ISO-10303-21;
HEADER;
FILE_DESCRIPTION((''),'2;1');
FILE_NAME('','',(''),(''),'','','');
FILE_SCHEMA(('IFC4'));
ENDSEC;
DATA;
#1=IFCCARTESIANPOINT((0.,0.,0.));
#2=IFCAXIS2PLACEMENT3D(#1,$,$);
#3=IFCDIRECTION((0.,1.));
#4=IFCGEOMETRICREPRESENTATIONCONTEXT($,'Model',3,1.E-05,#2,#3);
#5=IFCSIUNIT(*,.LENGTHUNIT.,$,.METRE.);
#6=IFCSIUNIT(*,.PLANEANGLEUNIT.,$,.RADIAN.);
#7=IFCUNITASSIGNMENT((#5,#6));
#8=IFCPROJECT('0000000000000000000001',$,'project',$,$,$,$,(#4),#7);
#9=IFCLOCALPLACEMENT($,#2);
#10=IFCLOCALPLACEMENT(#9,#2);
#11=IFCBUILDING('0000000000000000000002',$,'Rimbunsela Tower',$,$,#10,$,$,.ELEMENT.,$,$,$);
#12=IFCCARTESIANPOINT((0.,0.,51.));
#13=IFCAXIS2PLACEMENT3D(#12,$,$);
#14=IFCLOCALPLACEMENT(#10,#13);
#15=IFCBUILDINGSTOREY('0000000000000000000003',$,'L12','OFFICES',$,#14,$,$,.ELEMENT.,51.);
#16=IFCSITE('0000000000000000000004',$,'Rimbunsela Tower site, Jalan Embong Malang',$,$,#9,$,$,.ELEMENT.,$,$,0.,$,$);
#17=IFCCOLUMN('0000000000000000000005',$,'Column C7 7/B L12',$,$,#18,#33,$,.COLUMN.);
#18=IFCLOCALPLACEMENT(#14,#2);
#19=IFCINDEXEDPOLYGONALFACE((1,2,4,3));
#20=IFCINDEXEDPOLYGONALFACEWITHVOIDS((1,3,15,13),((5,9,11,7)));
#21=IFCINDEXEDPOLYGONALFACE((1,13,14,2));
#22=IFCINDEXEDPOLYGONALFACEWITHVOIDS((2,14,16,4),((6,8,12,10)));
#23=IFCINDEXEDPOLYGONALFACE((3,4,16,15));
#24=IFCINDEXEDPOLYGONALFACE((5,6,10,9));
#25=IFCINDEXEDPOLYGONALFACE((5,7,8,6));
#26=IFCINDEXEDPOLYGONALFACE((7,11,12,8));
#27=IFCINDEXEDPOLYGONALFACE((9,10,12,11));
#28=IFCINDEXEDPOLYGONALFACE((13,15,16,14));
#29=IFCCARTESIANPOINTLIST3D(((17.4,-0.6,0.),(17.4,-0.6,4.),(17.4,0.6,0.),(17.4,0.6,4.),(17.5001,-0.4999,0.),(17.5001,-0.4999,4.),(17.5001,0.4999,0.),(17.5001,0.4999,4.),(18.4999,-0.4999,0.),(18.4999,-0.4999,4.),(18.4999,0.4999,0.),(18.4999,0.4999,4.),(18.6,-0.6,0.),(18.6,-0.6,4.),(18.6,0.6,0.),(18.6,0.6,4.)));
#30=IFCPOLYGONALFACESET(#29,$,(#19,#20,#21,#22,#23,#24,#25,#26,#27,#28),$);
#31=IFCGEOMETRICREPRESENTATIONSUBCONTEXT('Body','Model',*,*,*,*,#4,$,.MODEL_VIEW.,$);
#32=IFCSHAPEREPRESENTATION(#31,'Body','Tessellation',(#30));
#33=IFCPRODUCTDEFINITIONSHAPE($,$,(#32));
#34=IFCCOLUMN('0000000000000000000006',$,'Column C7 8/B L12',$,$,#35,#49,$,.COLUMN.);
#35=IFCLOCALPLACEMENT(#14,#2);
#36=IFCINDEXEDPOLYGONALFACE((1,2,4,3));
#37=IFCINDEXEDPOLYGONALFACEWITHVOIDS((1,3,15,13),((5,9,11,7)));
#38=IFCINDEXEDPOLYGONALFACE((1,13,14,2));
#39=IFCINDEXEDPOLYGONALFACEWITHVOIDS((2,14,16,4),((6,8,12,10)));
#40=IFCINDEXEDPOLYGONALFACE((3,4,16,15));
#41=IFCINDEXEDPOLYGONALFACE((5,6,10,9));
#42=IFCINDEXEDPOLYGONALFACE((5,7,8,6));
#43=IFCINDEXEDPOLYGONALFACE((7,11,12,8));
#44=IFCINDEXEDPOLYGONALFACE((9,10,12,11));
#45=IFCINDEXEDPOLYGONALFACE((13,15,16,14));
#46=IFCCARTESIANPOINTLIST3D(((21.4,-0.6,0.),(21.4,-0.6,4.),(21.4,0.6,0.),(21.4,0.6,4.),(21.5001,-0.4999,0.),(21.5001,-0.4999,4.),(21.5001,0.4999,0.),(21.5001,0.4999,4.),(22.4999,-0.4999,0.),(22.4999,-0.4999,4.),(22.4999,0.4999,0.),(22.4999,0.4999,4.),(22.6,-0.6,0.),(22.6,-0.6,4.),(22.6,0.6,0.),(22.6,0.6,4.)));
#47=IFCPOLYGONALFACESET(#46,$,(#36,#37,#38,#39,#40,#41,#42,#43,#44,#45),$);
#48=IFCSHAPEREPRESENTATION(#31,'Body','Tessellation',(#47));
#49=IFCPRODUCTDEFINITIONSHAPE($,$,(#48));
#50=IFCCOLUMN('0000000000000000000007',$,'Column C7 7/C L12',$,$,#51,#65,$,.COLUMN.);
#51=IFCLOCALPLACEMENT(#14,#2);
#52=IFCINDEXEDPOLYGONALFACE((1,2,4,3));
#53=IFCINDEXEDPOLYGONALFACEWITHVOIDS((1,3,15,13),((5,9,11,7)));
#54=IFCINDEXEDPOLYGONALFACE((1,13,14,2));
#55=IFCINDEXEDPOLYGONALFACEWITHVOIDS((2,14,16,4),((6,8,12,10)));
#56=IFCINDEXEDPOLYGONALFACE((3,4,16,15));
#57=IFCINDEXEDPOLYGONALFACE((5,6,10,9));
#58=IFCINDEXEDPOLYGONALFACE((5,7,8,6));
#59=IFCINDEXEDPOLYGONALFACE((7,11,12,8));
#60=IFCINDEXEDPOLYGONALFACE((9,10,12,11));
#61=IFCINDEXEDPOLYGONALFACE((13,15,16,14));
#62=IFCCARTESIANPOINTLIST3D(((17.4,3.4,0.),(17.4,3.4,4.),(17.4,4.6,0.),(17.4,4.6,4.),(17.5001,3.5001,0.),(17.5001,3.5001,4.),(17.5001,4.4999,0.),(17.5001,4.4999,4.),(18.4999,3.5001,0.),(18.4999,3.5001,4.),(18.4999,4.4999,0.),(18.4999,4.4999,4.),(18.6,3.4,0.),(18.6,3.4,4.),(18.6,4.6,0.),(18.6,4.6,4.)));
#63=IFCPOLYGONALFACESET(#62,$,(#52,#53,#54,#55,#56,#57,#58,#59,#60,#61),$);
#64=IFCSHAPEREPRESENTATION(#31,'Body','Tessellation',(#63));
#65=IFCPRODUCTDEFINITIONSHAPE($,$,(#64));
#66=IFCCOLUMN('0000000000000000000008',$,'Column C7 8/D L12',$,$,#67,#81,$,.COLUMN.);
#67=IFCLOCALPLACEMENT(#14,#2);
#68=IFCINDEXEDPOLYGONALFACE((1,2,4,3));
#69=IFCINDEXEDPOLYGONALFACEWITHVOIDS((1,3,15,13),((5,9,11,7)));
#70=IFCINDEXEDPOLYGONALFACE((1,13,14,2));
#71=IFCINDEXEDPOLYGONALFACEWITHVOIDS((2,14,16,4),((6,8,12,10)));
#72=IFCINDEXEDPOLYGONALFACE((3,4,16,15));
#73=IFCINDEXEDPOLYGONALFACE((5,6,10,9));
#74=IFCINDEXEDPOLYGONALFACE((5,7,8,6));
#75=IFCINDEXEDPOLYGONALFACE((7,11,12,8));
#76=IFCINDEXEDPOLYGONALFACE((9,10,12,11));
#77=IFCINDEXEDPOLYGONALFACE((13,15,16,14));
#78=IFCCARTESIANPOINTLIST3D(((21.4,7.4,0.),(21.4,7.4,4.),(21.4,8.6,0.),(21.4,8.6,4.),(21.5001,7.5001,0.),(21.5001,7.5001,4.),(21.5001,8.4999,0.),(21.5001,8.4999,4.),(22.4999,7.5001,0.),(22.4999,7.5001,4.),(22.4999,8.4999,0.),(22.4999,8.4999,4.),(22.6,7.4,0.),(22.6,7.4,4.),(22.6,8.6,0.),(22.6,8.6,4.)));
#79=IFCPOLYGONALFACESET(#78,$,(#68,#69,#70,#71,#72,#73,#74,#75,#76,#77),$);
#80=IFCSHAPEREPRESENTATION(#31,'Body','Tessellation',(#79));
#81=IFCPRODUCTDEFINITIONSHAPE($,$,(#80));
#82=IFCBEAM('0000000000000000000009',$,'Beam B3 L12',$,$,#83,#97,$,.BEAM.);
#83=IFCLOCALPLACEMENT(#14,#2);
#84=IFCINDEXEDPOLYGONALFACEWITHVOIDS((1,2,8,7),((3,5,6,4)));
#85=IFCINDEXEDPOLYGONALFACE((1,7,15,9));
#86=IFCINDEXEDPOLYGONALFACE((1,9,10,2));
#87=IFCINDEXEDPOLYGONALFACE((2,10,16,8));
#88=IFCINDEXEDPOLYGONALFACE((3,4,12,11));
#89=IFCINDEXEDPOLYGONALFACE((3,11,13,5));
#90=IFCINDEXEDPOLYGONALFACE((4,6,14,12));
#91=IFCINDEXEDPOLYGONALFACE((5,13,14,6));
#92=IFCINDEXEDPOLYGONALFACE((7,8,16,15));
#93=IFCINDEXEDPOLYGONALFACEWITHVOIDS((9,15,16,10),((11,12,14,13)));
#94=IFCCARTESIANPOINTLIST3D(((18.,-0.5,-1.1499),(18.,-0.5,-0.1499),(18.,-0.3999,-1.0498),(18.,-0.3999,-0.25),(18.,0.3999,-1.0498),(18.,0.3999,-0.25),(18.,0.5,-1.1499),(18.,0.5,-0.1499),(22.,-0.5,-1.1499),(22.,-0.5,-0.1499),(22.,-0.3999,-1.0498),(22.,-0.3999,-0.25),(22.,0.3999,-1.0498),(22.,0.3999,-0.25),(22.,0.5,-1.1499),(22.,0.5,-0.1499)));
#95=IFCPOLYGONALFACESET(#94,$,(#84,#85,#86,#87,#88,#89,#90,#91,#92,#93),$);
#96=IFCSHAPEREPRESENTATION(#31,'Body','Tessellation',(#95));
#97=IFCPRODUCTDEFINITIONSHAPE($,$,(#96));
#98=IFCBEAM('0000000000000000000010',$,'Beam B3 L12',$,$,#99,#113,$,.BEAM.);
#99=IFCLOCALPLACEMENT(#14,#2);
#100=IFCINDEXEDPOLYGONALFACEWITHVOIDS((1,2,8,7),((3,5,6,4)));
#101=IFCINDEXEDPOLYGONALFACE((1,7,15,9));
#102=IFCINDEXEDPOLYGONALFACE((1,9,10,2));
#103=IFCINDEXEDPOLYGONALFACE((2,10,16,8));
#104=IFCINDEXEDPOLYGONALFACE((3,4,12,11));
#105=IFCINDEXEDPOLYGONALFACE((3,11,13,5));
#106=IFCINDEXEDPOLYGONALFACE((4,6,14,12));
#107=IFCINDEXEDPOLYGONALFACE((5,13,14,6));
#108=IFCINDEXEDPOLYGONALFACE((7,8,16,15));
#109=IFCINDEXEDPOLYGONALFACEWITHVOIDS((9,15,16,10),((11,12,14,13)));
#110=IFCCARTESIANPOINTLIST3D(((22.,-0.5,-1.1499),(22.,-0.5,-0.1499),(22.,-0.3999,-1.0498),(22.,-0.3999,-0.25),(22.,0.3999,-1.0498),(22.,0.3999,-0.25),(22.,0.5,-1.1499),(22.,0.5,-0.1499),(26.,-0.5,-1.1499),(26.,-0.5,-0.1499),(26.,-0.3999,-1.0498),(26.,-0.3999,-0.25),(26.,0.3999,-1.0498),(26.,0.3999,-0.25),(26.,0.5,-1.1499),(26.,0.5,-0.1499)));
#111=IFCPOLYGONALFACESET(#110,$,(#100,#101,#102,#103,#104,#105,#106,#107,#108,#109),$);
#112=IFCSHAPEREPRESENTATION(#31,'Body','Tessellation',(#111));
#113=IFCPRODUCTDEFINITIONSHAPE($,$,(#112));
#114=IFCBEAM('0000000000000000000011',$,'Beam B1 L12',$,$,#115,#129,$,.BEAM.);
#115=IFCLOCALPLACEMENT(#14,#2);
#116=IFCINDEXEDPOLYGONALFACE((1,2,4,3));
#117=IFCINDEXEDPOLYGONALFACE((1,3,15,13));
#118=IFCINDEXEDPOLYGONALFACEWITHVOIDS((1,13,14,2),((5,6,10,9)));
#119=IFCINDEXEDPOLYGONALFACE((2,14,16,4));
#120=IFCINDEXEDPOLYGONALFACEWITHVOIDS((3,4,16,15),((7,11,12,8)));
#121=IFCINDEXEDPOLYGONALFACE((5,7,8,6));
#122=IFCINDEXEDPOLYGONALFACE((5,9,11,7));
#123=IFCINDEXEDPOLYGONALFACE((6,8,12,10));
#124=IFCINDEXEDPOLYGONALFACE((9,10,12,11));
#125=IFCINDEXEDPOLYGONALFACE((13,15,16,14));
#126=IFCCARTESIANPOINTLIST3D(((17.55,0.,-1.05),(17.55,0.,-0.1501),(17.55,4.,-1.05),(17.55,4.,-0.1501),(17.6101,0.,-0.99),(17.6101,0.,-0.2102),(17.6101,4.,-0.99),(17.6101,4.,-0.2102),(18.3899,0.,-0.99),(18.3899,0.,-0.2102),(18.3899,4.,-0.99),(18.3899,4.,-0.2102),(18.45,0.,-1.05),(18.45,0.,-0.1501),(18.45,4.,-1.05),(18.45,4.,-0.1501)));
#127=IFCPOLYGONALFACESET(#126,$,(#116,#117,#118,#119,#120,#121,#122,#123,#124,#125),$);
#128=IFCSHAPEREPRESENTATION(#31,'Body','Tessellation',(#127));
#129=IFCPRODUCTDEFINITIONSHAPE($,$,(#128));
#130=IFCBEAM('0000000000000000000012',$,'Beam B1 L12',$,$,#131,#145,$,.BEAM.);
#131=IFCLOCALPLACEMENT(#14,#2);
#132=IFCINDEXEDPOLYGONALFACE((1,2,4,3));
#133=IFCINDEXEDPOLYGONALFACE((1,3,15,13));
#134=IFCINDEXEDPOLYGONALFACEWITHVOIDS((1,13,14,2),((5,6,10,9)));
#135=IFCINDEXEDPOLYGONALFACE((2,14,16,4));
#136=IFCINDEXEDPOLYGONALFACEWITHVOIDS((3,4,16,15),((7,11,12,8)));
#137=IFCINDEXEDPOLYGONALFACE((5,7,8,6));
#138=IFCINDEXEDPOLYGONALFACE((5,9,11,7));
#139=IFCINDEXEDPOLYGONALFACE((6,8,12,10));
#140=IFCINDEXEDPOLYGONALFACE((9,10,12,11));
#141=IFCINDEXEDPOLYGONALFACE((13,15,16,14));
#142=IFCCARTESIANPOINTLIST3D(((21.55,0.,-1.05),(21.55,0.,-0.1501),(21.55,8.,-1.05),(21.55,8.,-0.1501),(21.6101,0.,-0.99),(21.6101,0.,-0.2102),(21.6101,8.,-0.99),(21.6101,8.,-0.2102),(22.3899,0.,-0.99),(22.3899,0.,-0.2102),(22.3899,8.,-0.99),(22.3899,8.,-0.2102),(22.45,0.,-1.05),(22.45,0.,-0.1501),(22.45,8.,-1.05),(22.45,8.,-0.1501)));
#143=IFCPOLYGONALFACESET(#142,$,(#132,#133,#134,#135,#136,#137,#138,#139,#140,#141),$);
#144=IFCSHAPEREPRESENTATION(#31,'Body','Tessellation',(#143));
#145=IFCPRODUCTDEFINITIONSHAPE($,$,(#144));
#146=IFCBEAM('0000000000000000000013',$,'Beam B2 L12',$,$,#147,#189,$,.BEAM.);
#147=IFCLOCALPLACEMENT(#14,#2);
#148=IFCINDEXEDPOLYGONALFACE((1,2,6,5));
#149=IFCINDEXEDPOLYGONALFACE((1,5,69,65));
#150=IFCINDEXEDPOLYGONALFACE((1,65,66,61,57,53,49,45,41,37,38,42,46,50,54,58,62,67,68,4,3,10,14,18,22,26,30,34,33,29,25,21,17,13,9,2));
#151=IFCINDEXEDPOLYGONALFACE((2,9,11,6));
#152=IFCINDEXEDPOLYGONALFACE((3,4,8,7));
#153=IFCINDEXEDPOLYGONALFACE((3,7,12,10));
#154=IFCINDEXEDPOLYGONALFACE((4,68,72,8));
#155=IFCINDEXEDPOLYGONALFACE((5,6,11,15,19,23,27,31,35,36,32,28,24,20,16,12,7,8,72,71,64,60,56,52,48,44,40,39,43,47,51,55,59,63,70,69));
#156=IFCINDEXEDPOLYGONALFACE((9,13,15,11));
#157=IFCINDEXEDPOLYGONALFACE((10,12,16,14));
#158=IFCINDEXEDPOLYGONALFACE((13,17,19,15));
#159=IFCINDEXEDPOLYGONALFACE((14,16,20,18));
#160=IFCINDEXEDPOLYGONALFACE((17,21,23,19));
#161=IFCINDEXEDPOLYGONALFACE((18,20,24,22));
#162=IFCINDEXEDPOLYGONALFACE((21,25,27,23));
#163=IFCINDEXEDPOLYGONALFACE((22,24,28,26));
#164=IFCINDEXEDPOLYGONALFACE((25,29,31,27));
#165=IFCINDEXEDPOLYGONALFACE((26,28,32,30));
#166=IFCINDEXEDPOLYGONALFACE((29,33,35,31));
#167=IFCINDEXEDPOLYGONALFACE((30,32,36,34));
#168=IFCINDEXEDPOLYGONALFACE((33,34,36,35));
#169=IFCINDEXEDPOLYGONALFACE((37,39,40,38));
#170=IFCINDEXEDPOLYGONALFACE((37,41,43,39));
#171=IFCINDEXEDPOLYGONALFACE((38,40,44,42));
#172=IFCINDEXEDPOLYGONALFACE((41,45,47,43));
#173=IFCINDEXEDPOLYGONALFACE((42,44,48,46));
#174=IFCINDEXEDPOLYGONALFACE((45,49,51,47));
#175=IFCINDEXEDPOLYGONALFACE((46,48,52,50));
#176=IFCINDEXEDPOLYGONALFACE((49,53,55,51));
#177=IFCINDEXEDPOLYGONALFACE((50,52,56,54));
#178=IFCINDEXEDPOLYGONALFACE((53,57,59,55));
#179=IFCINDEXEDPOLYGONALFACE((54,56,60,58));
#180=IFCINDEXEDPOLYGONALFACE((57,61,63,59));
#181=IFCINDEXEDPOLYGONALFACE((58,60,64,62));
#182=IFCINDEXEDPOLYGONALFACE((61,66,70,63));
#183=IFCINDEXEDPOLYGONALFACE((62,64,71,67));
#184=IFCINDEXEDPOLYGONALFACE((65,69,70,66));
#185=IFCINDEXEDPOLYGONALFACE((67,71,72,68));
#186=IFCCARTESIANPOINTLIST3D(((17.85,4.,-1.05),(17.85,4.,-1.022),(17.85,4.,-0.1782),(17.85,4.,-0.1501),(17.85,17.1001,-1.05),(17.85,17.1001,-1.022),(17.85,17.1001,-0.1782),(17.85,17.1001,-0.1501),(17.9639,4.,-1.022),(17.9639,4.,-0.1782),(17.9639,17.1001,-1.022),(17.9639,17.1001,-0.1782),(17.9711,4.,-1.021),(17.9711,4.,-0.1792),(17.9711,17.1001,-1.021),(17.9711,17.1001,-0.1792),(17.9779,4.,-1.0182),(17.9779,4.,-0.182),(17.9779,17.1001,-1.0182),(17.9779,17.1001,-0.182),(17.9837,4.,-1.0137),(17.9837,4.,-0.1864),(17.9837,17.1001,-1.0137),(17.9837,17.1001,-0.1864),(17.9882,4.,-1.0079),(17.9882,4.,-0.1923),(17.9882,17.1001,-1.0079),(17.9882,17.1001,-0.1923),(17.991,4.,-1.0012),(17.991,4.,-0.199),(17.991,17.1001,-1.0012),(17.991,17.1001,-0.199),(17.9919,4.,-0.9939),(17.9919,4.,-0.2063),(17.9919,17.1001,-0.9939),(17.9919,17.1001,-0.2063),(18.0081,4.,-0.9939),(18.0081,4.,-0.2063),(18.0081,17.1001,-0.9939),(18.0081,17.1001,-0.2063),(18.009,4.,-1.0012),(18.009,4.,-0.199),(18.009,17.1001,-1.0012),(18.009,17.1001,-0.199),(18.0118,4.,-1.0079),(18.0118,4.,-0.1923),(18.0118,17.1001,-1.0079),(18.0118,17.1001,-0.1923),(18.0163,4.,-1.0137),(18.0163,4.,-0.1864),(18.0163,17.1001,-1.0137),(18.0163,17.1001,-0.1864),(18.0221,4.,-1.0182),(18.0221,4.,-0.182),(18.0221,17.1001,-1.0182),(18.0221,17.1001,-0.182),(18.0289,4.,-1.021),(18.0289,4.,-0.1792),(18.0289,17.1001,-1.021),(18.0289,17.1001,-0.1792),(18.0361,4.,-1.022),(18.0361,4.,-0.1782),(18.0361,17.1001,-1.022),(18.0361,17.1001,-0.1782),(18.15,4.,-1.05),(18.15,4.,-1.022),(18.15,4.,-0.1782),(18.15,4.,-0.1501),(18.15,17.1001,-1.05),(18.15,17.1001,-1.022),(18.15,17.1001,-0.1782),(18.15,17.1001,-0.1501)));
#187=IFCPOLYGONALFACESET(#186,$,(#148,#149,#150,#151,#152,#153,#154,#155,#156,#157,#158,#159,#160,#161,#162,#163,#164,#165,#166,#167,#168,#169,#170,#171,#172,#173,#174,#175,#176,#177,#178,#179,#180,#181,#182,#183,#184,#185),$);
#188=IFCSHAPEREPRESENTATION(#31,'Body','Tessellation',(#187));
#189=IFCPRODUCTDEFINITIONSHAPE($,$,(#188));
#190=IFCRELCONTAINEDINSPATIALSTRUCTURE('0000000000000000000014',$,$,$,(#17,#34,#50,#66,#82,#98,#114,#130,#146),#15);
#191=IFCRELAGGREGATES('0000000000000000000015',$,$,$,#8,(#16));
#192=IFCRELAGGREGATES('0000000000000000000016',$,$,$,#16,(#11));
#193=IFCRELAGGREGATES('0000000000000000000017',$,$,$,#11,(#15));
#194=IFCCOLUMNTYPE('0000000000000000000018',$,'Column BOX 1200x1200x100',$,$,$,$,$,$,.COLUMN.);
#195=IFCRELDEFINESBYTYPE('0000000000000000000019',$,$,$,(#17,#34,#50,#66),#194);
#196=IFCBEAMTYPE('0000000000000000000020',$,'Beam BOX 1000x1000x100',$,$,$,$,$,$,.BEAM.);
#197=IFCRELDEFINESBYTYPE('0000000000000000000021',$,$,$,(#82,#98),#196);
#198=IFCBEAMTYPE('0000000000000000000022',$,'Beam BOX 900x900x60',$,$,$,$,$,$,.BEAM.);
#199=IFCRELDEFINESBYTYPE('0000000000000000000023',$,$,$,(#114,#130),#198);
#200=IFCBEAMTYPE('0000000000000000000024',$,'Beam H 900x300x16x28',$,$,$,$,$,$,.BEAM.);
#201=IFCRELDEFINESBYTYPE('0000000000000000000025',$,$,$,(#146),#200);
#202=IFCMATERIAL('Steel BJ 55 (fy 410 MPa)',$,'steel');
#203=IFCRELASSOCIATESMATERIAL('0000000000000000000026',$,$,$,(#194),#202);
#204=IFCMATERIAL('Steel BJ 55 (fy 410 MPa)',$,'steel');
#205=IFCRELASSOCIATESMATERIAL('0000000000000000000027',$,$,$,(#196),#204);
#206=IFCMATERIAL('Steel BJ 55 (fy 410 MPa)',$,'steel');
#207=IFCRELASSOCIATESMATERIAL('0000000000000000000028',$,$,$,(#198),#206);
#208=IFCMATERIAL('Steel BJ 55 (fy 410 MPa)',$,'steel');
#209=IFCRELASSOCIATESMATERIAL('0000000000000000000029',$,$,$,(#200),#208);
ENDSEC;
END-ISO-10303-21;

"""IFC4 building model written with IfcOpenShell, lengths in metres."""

from ifc_helpers import new_model, si_unit, direction, frame, origin, origin_2d, place, context, subcontext, project, spatial, hollow_rectangle, i_section, extrude, material, material_profile, profile_set, type_object, element, save


model = new_model("IFC4")

# Units and contexts
model_context = context("Model", 3, precision=1e-05, world=origin(), true_north=direction((0.0, 1.0)))
body_context = subcontext(model_context, "Body", "Model", "MODEL_VIEW")
ifc_project = project(units=[si_unit("LENGTHUNIT", "METRE"), si_unit("PLANEANGLEUNIT", "RADIAN")], contexts=[model_context])

# Site, building, storey
site_placement = place(None, origin())
site = spatial("IfcSite", under=ifc_project, at=site_placement, Name="Rimbunsela Tower site, Jalan Embong Malang", CompositionType="ELEMENT", RefElevation=0.0)
building_placement = place(site_placement, origin())
building = spatial("IfcBuilding", under=site, at=building_placement, Name="Rimbunsela Tower", CompositionType="ELEMENT")
storey_placement = place(building_placement, frame((0.0, 0.0, 51.0)))
storey = spatial("IfcBuildingStorey", under=building, at=storey_placement, Name="L12", Description="OFFICES", CompositionType="ELEMENT", Elevation=51.0)

# Columns
ifc_material_1 = material(Name="Steel BJ 55 (fy 410 MPa)", Category="steel")
ifc_material_profile_1 = material_profile(ifc_material_1, hollow_rectangle(XDim=1.2, YDim=1.2, WallThickness=0.1001, at=origin_2d()), Name="BOX 1200x1200x100")
ifc_profile_set_1 = profile_set([ifc_material_profile_1], Name="Steel BJ 55 (fy 410 MPa)")
column_type = type_object("IfcColumnType", Name="Column BOX 1200x1200x100", PredefinedType="COLUMN", material=ifc_profile_set_1)
for number, where, z_axis, x_axis, name in (
    (1, (18.0, 0.0, 0.0), (0.0, 0.0, 1.0), (1.0, 0.0, 0.0), "Column C7 7/B L12"),
    (2, (22.0, 0.0, 0.0), (0.0, 0.0, 1.0), (1.0, 0.0, 0.0), "Column C7 8/B L12"),
    (3, (18.0, 4.0, 0.0), (0.0, 0.0, 1.0), (1.0, 0.0, 0.0), "Column C7 7/C L12"),
    (4, (22.0, 8.0, 0.0), (0.0, 0.0, 1.0), (1.0, 0.0, 0.0), "Column C7 8/D L12"),
):
    element("IfcColumn", number, at=place(storey_placement, frame(where, z_axis=z_axis, x_axis=x_axis)), inside=storey, type_object=column_type, Name=name, PredefinedType="COLUMN", context=body_context, shape_type="SweptSolid", body=[
        extrude(hollow_rectangle(XDim=1.2, YDim=1.2, WallThickness=0.1001, at=origin_2d()), origin(), (0.0, 0.0, 1.0), 4.0),
    ])

# Beams
ifc_material_2 = material(Name="Steel BJ 55 (fy 410 MPa)", Category="steel")
ifc_material_profile_2 = material_profile(ifc_material_2, hollow_rectangle(XDim=1.0, YDim=1.0, WallThickness=0.1001, at=origin_2d()), Name="BOX 1000x1000x100")
ifc_profile_set_2 = profile_set([ifc_material_profile_2], Name="Steel BJ 55 (fy 410 MPa)")
beam_type_1 = type_object("IfcBeamType", Name="Beam BOX 1000x1000x100", PredefinedType="BEAM", material=ifc_profile_set_2)
for number, where, z_axis, x_axis, name in (
    (5, (18.0, 0.0, -0.6499), (1.0, 0.0, 0.0), (0.0, 1.0, 0.0), "Beam B3 L12"),
    (6, (22.0, 0.0, -0.6499), (1.0, 0.0, 0.0), (0.0, 1.0, 0.0), "Beam B3 L12"),
):
    element("IfcBeam", number, at=place(storey_placement, frame(where, z_axis=z_axis, x_axis=x_axis)), inside=storey, type_object=beam_type_1, Name=name, PredefinedType="BEAM", context=body_context, shape_type="SweptSolid", body=[
        extrude(hollow_rectangle(XDim=1.0, YDim=1.0, WallThickness=0.1001, at=origin_2d()), origin(), (0.0, 0.0, 1.0), 4.0),
    ])
ifc_material_3 = material(Name="Steel BJ 55 (fy 410 MPa)", Category="steel")
ifc_material_profile_3 = material_profile(ifc_material_3, hollow_rectangle(XDim=0.8999, YDim=0.8999, WallThickness=0.0601, at=origin_2d()), Name="BOX 900x900x60")
ifc_profile_set_3 = profile_set([ifc_material_profile_3], Name="Steel BJ 55 (fy 410 MPa)")
beam_type_2 = type_object("IfcBeamType", Name="Beam BOX 900x900x60", PredefinedType="BEAM", material=ifc_profile_set_3)
beam_1_placement = place(storey_placement, frame((18.0, 0.0, -0.6001), z_axis=(0.0, 1.0, 0.0), x_axis=(-1.0, 0.0, 0.0)))
element("IfcBeam", 7, at=beam_1_placement, inside=storey, type_object=beam_type_2, Name="Beam B1 L12", PredefinedType="BEAM", context=body_context, shape_type="SweptSolid", body=[
    extrude(hollow_rectangle(XDim=0.8999, YDim=0.8999, WallThickness=0.0601, at=origin_2d()), origin(), (0.0, 0.0, 1.0), 4.0),
])
beam_2_placement = place(storey_placement, frame((22.0, 0.0, -0.6001), z_axis=(0.0, 1.0, 0.0), x_axis=(-1.0, 0.0, 0.0)))
element("IfcBeam", 8, at=beam_2_placement, inside=storey, type_object=beam_type_2, Name="Beam B1 L12", PredefinedType="BEAM", context=body_context, shape_type="SweptSolid", body=[
    extrude(hollow_rectangle(XDim=0.8999, YDim=0.8999, WallThickness=0.0601, at=origin_2d()), origin(), (0.0, 0.0, 1.0), 8.0),
])
ifc_material_4 = material(Name="Steel BJ 55 (fy 410 MPa)", Category="steel")
ifc_material_profile_4 = material_profile(ifc_material_4, i_section(OverallWidth=0.3, OverallDepth=0.8999, WebThickness=0.0161, FlangeThickness=0.0281, FilletRadius=0.0281, at=origin_2d()), Name="H 900x300x16x28")
ifc_profile_set_4 = profile_set([ifc_material_profile_4], Name="Steel BJ 55 (fy 410 MPa)")
beam_type_3 = type_object("IfcBeamType", Name="Beam H 900x300x16x28", PredefinedType="BEAM", material=ifc_profile_set_4)
beam_3_placement = place(storey_placement, frame((18.0, 4.0, -0.6001), z_axis=(0.0, 1.0, 0.0), x_axis=(-1.0, 0.0, 0.0)))
element("IfcBeam", 9, at=beam_3_placement, inside=storey, type_object=beam_type_3, Name="Beam B2 L12", PredefinedType="BEAM", context=body_context, shape_type="SweptSolid", body=[
    extrude(i_section(OverallWidth=0.3, OverallDepth=0.8999, WebThickness=0.0161, FlangeThickness=0.0281, FilletRadius=0.0281, at=origin_2d()), origin(), (0.0, 0.0, 1.0), 13.1001),
])

save(model, "model.ifc")
